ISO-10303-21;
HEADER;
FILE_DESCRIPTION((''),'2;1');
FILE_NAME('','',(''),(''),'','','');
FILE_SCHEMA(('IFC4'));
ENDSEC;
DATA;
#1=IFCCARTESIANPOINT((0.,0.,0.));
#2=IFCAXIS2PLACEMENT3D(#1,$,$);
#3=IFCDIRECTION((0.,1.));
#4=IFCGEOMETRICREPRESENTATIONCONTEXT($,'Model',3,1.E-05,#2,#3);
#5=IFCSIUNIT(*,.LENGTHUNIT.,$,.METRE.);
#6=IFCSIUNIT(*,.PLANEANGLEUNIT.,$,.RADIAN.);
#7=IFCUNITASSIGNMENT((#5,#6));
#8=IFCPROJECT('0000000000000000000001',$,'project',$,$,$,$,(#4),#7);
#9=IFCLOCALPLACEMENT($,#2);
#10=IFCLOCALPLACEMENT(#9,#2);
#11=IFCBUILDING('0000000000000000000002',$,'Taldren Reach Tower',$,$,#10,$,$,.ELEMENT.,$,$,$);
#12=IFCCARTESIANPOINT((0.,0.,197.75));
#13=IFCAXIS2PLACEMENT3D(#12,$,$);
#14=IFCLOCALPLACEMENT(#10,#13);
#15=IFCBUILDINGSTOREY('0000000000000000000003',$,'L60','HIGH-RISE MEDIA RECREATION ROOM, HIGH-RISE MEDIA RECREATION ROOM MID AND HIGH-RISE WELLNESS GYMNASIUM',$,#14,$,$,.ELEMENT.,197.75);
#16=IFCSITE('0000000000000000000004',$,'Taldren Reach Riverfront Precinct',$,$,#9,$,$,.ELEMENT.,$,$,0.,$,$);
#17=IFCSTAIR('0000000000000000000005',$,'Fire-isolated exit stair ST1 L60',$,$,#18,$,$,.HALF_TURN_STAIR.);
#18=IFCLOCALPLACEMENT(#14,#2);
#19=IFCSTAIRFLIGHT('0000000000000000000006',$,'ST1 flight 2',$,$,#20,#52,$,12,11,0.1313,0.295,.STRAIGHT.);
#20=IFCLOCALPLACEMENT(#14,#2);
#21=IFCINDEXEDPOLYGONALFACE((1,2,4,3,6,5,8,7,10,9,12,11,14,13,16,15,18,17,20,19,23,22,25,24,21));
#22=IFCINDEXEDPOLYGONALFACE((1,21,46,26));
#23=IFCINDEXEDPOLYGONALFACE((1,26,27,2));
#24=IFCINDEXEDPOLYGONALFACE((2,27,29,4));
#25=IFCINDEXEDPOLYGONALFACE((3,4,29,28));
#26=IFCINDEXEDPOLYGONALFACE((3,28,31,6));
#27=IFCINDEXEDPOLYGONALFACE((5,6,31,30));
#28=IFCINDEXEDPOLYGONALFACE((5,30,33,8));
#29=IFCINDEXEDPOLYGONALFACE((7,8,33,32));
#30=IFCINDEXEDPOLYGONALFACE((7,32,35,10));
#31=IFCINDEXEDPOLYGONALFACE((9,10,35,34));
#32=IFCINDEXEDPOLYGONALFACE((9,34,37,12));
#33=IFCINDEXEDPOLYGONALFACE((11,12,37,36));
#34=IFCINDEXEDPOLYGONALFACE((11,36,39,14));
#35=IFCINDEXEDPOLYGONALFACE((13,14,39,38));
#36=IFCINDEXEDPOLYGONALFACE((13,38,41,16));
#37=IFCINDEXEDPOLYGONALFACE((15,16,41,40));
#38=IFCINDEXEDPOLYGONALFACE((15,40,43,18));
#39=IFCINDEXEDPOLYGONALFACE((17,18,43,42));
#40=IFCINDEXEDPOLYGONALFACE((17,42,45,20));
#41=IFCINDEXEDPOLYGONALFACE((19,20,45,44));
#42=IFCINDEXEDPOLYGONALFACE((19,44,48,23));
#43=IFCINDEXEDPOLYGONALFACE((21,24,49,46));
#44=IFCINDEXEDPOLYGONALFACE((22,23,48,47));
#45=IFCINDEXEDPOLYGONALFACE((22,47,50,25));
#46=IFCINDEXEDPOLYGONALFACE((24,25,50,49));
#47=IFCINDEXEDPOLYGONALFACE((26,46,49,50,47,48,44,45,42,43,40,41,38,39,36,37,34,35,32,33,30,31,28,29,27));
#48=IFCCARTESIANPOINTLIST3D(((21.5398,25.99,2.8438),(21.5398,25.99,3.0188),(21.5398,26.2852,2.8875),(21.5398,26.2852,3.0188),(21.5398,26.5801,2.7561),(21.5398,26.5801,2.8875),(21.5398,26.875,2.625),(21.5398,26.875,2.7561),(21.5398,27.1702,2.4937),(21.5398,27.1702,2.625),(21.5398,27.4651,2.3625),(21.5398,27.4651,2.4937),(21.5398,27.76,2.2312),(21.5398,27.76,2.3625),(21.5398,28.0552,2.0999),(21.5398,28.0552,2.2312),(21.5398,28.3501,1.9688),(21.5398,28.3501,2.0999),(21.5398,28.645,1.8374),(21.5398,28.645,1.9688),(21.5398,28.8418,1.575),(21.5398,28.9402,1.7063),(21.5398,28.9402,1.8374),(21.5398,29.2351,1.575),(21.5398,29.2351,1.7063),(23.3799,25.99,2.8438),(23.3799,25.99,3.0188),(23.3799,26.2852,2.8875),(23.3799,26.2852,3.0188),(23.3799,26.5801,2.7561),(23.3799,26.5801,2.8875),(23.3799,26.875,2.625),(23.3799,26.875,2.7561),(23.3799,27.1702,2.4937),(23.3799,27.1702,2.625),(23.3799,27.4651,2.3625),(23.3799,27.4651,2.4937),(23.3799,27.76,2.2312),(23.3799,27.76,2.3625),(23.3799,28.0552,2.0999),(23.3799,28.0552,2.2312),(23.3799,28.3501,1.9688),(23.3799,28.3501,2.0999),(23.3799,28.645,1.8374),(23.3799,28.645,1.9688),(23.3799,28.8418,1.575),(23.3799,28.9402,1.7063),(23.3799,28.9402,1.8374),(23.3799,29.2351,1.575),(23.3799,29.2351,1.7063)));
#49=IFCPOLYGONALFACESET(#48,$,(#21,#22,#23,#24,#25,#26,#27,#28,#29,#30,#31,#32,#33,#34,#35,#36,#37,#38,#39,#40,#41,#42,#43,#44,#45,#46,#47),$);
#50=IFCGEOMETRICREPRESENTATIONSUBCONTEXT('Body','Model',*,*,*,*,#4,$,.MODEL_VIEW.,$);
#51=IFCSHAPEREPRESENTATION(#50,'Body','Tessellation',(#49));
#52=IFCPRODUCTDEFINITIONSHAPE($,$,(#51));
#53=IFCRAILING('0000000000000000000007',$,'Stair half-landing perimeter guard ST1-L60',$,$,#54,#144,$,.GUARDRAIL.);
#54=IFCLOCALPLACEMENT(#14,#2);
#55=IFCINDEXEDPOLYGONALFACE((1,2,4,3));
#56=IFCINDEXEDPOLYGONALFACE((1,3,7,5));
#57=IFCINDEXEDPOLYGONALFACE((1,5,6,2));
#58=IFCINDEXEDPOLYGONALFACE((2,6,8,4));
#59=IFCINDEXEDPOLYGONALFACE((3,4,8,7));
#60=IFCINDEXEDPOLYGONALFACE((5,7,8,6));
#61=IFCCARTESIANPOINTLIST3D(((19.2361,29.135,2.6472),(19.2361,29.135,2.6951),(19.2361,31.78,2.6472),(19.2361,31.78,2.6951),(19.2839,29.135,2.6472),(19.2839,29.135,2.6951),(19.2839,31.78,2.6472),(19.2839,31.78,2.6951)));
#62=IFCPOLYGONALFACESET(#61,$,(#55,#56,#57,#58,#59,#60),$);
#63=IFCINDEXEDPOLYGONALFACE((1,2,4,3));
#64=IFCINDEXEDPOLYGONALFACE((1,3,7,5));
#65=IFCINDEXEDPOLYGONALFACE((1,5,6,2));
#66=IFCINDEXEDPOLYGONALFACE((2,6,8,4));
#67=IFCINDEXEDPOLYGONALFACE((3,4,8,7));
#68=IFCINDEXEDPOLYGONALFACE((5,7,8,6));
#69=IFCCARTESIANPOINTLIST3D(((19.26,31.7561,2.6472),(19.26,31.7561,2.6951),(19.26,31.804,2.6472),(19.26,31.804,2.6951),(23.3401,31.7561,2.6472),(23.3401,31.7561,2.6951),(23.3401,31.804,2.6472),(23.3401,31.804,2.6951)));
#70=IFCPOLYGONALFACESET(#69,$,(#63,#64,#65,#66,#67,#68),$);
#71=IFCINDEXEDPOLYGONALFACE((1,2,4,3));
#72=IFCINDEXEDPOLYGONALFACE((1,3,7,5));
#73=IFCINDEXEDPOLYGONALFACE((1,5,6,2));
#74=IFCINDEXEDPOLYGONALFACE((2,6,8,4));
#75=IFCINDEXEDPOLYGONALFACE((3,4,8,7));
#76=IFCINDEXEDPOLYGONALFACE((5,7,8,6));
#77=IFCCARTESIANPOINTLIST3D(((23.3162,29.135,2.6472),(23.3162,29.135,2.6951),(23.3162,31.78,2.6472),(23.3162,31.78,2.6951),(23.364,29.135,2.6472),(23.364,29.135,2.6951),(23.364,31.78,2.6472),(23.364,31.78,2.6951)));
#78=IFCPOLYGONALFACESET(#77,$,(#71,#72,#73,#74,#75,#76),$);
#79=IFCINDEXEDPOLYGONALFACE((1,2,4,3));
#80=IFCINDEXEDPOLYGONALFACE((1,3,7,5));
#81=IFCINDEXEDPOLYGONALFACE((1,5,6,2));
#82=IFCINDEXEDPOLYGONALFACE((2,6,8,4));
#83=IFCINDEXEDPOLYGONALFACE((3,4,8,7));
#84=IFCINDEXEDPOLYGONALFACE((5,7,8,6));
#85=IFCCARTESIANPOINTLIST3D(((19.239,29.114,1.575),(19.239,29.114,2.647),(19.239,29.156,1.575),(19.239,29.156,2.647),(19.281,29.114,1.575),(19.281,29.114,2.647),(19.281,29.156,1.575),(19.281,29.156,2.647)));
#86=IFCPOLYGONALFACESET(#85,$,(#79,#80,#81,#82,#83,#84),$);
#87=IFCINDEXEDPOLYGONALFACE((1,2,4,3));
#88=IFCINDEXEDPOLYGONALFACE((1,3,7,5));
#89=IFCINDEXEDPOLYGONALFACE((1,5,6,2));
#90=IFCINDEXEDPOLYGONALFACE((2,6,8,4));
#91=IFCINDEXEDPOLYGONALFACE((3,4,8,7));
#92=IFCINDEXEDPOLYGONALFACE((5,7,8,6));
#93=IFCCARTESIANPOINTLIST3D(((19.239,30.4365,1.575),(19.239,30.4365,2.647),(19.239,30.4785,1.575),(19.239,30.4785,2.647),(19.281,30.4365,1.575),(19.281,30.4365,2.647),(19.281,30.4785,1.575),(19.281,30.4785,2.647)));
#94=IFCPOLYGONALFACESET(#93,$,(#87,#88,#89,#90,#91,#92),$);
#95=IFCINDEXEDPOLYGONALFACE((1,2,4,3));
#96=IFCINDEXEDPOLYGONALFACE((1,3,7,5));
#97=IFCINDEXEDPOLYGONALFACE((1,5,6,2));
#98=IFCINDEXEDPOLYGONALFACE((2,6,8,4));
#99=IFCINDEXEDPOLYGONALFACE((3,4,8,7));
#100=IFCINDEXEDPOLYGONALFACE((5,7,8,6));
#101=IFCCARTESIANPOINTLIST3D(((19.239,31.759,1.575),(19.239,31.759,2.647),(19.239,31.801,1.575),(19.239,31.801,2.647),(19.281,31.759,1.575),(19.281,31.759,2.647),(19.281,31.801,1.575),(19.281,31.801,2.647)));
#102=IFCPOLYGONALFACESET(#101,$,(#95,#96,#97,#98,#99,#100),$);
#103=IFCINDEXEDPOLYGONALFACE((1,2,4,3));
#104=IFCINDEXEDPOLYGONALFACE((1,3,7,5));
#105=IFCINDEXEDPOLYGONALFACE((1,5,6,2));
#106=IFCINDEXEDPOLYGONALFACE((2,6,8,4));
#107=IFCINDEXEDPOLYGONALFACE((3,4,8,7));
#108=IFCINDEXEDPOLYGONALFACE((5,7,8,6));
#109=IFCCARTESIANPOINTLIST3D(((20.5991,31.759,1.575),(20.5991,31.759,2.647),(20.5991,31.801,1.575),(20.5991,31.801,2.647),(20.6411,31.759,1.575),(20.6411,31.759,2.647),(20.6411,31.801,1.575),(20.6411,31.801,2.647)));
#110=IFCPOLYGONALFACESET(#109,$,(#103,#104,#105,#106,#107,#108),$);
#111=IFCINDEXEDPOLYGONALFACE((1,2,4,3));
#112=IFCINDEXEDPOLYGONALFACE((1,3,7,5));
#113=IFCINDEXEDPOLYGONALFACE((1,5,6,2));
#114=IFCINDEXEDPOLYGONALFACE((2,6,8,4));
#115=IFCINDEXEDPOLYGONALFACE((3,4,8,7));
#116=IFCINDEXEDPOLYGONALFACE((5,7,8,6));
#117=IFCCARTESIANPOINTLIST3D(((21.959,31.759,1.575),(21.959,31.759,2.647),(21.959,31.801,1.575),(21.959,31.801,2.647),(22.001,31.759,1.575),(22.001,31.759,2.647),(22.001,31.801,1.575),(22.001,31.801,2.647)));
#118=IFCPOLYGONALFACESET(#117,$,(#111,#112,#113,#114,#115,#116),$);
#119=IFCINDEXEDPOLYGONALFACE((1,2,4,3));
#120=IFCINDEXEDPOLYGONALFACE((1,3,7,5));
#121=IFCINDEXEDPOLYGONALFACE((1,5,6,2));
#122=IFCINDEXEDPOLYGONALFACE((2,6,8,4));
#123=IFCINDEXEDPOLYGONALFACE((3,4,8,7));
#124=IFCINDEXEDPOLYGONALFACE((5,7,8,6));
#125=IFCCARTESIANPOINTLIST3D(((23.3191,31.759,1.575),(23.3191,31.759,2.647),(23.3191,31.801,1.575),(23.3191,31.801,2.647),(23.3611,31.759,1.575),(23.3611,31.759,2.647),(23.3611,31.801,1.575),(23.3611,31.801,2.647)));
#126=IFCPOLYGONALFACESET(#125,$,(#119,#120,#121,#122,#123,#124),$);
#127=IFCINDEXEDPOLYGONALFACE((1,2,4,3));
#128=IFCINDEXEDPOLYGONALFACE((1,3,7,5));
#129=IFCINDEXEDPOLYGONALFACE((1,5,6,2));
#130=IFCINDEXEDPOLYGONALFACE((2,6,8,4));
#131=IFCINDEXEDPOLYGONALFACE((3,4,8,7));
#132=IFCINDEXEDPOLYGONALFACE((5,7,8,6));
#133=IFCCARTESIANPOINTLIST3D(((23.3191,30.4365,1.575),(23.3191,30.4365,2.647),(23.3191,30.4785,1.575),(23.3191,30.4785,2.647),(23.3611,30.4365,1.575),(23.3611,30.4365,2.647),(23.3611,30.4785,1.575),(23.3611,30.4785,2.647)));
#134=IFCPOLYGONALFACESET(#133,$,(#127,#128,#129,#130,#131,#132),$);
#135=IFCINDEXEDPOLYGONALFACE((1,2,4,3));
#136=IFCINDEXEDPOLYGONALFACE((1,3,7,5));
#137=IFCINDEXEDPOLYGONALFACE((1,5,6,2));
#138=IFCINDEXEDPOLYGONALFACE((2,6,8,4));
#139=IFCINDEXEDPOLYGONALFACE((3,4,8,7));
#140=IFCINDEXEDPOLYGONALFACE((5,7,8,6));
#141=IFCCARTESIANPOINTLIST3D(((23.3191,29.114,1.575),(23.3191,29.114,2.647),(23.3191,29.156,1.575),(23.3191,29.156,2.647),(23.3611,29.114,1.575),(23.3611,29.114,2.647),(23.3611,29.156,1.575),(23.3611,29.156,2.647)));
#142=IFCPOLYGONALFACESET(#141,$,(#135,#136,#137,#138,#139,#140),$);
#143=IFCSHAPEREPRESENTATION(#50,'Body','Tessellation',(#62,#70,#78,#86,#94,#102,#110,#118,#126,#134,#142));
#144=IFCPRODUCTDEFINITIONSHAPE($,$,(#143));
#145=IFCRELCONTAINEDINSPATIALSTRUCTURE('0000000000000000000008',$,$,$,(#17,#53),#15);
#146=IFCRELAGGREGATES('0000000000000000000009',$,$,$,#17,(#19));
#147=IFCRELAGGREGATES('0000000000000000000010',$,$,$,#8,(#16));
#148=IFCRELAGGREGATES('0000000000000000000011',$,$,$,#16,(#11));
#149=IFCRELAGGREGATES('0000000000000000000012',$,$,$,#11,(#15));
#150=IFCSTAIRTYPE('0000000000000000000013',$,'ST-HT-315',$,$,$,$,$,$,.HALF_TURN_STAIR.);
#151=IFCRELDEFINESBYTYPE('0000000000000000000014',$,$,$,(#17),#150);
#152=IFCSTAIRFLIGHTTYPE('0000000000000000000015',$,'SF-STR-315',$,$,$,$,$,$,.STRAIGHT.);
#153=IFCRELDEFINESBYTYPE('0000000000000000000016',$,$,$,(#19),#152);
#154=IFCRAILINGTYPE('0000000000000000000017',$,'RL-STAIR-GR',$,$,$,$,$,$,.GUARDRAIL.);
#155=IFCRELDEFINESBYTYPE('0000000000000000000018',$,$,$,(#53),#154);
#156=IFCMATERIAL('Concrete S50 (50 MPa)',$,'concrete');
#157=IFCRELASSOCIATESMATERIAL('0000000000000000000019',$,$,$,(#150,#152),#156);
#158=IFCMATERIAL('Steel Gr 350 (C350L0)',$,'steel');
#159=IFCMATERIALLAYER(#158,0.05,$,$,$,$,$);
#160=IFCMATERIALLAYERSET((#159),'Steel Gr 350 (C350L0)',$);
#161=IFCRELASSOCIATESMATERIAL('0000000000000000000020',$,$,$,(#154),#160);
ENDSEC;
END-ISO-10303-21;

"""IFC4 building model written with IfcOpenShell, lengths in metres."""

from ifc_helpers import new_model, si_unit, direction, frame, origin, origin_2d, place, context, subcontext, project, spatial, polyline, rectangle, outline, extrude, material, layer, layer_set, type_object, element, aggregate, save


model = new_model("IFC4")

# Units and contexts
model_context = context("Model", 3, precision=1e-05, world=origin(), true_north=direction((0.0, 1.0)))
body_context = subcontext(model_context, "Body", "Model", "MODEL_VIEW")
ifc_project = project(units=[si_unit("LENGTHUNIT", "METRE"), si_unit("PLANEANGLEUNIT", "RADIAN")], contexts=[model_context])

# Site, building, storey
site_placement = place(None, origin())
site = spatial("IfcSite", under=ifc_project, at=site_placement, Name="Taldren Reach Riverfront Precinct", CompositionType="ELEMENT", RefElevation=0.0)
building_placement = place(site_placement, origin())
building = spatial("IfcBuilding", under=site, at=building_placement, Name="Taldren Reach Tower", CompositionType="ELEMENT")
storey_placement = place(building_placement, frame((0.0, 0.0, 197.75)))
storey = spatial("IfcBuildingStorey", under=building, at=storey_placement, Name="L60", Description="HIGH-RISE MEDIA RECREATION ROOM, HIGH-RISE MEDIA RECREATION ROOM MID AND HIGH-RISE WELLNESS GYMNASIUM", CompositionType="ELEMENT", Elevation=197.75)

# Shared definitions
ifc_material_1 = material(Name="Steel Gr 350 (C350L0)", Category="steel")

# Stair, stair flight
ifc_material_2 = material(Name="Concrete S50 (50 MPa)", Category="concrete")
stair_type = type_object("IfcStairType", Name="ST-HT-315", PredefinedType="HALF_TURN_STAIR", material=ifc_material_2)
stair_placement = place(storey_placement, origin())
stair = element("IfcStair", 1, at=stair_placement, inside=storey, type_object=stair_type, Name="Fire-isolated exit stair ST1 L60", PredefinedType="HALF_TURN_STAIR")
stair_flight_type = type_object("IfcStairFlightType", Name="SF-STR-315", PredefinedType="STRAIGHT", material=ifc_material_2)
stair_flight_1_placement = place(storey_placement, frame((22.46, 29.2351, 1.575), z_axis=(0.0, 0.0, 1.0), x_axis=(0.0, -1.0, 0.0)))
stair_flight_1 = element("IfcStairFlight", 2, at=stair_flight_1_placement, type_object=stair_flight_type, Name="ST1 flight 2", NumberOfRisers=12, NumberOfTreads=11, PredefinedType="STRAIGHT", RiserHeight=0.1313, TreadLength=0.295, context=body_context, shape_type="SweptSolid", body=[
    extrude(outline(polyline([(0.0, 0.0), (0.0, 0.1313), (0.2949, 0.1313), (0.2949, 0.2625), (0.5901, 0.2625), (0.5901, 0.3938), (0.885, 0.3938), (0.885, 0.5249), (1.1799, 0.5249), (1.1799, 0.6562), (1.4751, 0.6562), (1.4751, 0.7876), (1.77, 0.7876), (1.77, 0.9187), (2.0649, 0.9187), (2.0649, 1.05), (2.3601, 1.05), (2.3601, 1.1812), (2.655, 1.1812), (2.655, 1.3125), (2.95, 1.3125), (2.95, 1.4438), (3.2451, 1.4438), (3.2451, 1.575), (3.2451, 1.2688), (0.3933, 0.0), (0.0, 0.0)])), frame((0.0, 0.9199, 0.0), z_axis=(0.0, -1.0, 0.0), x_axis=(1.0, 0.0, 0.0)), (0.0, 0.0, 1.0), 1.8401),
])
aggregate(stair, [stair_flight_1])

# Railing
ifc_layer_1 = layer(ifc_material_1, 0.05)
ifc_layer_set_1 = layer_set([ifc_layer_1], Name="Steel Gr 350 (C350L0)")
railing_type_1 = type_object("IfcRailingType", Name="RL-STAIR-GR", PredefinedType="GUARDRAIL", material=ifc_layer_set_1)
railing_1_placement = place(storey_placement, frame((19.26, 29.135, 1.575)))
element("IfcRailing", 3, at=railing_1_placement, inside=storey, type_object=railing_type_1, Name="Stair half-landing perimeter guard ST1-L60", PredefinedType="GUARDRAIL", context=body_context, shape_type="SweptSolid", body=[
    extrude(rectangle(XDim=0.0479, YDim=0.0479, at=origin_2d()), frame((0.0, 0.0, 1.0962), z_axis=(0.0, 1.0, 0.0), x_axis=(-1.0, 0.0, 0.0)), (0.0, 0.0, 1.0), 2.645),
    extrude(rectangle(XDim=0.0479, YDim=0.0479, at=origin_2d()), frame((0.0, 2.645, 1.0962), z_axis=(1.0, 0.0, 0.0), x_axis=(0.0, 1.0, 0.0)), (0.0, 0.0, 1.0), 4.0801),
    extrude(rectangle(XDim=0.0479, YDim=0.0479, at=origin_2d()), frame((4.0801, 2.645, 1.0962), z_axis=(0.0, -1.0, 0.0), x_axis=(1.0, 0.0, 0.0)), (0.0, 0.0, 1.0), 2.645),
    extrude(rectangle(XDim=0.042, YDim=0.042, at=origin_2d()), origin(), (0.0, 0.0, 1.0), 1.072),
    extrude(rectangle(XDim=0.042, YDim=0.042, at=origin_2d()), frame((0.0, 1.3225, 0.0)), (0.0, 0.0, 1.0), 1.072),
    extrude(rectangle(XDim=0.042, YDim=0.042, at=origin_2d()), frame((0.0, 2.645, 0.0)), (0.0, 0.0, 1.0), 1.072),
    extrude(rectangle(XDim=0.042, YDim=0.042, at=origin_2d()), frame((1.3601, 2.645, 0.0)), (0.0, 0.0, 1.0), 1.072),
    extrude(rectangle(XDim=0.042, YDim=0.042, at=origin_2d()), frame((2.72, 2.645, 0.0)), (0.0, 0.0, 1.0), 1.072),
    extrude(rectangle(XDim=0.042, YDim=0.042, at=origin_2d()), frame((4.0801, 2.645, 0.0)), (0.0, 0.0, 1.0), 1.072),
    extrude(rectangle(XDim=0.042, YDim=0.042, at=origin_2d()), frame((4.0801, 1.3225, 0.0)), (0.0, 0.0, 1.0), 1.072),
    extrude(rectangle(XDim=0.042, YDim=0.042, at=origin_2d()), frame((4.0801, 0.0, 0.0)), (0.0, 0.0, 1.0), 1.072),
])

save(model, "model.ifc")
